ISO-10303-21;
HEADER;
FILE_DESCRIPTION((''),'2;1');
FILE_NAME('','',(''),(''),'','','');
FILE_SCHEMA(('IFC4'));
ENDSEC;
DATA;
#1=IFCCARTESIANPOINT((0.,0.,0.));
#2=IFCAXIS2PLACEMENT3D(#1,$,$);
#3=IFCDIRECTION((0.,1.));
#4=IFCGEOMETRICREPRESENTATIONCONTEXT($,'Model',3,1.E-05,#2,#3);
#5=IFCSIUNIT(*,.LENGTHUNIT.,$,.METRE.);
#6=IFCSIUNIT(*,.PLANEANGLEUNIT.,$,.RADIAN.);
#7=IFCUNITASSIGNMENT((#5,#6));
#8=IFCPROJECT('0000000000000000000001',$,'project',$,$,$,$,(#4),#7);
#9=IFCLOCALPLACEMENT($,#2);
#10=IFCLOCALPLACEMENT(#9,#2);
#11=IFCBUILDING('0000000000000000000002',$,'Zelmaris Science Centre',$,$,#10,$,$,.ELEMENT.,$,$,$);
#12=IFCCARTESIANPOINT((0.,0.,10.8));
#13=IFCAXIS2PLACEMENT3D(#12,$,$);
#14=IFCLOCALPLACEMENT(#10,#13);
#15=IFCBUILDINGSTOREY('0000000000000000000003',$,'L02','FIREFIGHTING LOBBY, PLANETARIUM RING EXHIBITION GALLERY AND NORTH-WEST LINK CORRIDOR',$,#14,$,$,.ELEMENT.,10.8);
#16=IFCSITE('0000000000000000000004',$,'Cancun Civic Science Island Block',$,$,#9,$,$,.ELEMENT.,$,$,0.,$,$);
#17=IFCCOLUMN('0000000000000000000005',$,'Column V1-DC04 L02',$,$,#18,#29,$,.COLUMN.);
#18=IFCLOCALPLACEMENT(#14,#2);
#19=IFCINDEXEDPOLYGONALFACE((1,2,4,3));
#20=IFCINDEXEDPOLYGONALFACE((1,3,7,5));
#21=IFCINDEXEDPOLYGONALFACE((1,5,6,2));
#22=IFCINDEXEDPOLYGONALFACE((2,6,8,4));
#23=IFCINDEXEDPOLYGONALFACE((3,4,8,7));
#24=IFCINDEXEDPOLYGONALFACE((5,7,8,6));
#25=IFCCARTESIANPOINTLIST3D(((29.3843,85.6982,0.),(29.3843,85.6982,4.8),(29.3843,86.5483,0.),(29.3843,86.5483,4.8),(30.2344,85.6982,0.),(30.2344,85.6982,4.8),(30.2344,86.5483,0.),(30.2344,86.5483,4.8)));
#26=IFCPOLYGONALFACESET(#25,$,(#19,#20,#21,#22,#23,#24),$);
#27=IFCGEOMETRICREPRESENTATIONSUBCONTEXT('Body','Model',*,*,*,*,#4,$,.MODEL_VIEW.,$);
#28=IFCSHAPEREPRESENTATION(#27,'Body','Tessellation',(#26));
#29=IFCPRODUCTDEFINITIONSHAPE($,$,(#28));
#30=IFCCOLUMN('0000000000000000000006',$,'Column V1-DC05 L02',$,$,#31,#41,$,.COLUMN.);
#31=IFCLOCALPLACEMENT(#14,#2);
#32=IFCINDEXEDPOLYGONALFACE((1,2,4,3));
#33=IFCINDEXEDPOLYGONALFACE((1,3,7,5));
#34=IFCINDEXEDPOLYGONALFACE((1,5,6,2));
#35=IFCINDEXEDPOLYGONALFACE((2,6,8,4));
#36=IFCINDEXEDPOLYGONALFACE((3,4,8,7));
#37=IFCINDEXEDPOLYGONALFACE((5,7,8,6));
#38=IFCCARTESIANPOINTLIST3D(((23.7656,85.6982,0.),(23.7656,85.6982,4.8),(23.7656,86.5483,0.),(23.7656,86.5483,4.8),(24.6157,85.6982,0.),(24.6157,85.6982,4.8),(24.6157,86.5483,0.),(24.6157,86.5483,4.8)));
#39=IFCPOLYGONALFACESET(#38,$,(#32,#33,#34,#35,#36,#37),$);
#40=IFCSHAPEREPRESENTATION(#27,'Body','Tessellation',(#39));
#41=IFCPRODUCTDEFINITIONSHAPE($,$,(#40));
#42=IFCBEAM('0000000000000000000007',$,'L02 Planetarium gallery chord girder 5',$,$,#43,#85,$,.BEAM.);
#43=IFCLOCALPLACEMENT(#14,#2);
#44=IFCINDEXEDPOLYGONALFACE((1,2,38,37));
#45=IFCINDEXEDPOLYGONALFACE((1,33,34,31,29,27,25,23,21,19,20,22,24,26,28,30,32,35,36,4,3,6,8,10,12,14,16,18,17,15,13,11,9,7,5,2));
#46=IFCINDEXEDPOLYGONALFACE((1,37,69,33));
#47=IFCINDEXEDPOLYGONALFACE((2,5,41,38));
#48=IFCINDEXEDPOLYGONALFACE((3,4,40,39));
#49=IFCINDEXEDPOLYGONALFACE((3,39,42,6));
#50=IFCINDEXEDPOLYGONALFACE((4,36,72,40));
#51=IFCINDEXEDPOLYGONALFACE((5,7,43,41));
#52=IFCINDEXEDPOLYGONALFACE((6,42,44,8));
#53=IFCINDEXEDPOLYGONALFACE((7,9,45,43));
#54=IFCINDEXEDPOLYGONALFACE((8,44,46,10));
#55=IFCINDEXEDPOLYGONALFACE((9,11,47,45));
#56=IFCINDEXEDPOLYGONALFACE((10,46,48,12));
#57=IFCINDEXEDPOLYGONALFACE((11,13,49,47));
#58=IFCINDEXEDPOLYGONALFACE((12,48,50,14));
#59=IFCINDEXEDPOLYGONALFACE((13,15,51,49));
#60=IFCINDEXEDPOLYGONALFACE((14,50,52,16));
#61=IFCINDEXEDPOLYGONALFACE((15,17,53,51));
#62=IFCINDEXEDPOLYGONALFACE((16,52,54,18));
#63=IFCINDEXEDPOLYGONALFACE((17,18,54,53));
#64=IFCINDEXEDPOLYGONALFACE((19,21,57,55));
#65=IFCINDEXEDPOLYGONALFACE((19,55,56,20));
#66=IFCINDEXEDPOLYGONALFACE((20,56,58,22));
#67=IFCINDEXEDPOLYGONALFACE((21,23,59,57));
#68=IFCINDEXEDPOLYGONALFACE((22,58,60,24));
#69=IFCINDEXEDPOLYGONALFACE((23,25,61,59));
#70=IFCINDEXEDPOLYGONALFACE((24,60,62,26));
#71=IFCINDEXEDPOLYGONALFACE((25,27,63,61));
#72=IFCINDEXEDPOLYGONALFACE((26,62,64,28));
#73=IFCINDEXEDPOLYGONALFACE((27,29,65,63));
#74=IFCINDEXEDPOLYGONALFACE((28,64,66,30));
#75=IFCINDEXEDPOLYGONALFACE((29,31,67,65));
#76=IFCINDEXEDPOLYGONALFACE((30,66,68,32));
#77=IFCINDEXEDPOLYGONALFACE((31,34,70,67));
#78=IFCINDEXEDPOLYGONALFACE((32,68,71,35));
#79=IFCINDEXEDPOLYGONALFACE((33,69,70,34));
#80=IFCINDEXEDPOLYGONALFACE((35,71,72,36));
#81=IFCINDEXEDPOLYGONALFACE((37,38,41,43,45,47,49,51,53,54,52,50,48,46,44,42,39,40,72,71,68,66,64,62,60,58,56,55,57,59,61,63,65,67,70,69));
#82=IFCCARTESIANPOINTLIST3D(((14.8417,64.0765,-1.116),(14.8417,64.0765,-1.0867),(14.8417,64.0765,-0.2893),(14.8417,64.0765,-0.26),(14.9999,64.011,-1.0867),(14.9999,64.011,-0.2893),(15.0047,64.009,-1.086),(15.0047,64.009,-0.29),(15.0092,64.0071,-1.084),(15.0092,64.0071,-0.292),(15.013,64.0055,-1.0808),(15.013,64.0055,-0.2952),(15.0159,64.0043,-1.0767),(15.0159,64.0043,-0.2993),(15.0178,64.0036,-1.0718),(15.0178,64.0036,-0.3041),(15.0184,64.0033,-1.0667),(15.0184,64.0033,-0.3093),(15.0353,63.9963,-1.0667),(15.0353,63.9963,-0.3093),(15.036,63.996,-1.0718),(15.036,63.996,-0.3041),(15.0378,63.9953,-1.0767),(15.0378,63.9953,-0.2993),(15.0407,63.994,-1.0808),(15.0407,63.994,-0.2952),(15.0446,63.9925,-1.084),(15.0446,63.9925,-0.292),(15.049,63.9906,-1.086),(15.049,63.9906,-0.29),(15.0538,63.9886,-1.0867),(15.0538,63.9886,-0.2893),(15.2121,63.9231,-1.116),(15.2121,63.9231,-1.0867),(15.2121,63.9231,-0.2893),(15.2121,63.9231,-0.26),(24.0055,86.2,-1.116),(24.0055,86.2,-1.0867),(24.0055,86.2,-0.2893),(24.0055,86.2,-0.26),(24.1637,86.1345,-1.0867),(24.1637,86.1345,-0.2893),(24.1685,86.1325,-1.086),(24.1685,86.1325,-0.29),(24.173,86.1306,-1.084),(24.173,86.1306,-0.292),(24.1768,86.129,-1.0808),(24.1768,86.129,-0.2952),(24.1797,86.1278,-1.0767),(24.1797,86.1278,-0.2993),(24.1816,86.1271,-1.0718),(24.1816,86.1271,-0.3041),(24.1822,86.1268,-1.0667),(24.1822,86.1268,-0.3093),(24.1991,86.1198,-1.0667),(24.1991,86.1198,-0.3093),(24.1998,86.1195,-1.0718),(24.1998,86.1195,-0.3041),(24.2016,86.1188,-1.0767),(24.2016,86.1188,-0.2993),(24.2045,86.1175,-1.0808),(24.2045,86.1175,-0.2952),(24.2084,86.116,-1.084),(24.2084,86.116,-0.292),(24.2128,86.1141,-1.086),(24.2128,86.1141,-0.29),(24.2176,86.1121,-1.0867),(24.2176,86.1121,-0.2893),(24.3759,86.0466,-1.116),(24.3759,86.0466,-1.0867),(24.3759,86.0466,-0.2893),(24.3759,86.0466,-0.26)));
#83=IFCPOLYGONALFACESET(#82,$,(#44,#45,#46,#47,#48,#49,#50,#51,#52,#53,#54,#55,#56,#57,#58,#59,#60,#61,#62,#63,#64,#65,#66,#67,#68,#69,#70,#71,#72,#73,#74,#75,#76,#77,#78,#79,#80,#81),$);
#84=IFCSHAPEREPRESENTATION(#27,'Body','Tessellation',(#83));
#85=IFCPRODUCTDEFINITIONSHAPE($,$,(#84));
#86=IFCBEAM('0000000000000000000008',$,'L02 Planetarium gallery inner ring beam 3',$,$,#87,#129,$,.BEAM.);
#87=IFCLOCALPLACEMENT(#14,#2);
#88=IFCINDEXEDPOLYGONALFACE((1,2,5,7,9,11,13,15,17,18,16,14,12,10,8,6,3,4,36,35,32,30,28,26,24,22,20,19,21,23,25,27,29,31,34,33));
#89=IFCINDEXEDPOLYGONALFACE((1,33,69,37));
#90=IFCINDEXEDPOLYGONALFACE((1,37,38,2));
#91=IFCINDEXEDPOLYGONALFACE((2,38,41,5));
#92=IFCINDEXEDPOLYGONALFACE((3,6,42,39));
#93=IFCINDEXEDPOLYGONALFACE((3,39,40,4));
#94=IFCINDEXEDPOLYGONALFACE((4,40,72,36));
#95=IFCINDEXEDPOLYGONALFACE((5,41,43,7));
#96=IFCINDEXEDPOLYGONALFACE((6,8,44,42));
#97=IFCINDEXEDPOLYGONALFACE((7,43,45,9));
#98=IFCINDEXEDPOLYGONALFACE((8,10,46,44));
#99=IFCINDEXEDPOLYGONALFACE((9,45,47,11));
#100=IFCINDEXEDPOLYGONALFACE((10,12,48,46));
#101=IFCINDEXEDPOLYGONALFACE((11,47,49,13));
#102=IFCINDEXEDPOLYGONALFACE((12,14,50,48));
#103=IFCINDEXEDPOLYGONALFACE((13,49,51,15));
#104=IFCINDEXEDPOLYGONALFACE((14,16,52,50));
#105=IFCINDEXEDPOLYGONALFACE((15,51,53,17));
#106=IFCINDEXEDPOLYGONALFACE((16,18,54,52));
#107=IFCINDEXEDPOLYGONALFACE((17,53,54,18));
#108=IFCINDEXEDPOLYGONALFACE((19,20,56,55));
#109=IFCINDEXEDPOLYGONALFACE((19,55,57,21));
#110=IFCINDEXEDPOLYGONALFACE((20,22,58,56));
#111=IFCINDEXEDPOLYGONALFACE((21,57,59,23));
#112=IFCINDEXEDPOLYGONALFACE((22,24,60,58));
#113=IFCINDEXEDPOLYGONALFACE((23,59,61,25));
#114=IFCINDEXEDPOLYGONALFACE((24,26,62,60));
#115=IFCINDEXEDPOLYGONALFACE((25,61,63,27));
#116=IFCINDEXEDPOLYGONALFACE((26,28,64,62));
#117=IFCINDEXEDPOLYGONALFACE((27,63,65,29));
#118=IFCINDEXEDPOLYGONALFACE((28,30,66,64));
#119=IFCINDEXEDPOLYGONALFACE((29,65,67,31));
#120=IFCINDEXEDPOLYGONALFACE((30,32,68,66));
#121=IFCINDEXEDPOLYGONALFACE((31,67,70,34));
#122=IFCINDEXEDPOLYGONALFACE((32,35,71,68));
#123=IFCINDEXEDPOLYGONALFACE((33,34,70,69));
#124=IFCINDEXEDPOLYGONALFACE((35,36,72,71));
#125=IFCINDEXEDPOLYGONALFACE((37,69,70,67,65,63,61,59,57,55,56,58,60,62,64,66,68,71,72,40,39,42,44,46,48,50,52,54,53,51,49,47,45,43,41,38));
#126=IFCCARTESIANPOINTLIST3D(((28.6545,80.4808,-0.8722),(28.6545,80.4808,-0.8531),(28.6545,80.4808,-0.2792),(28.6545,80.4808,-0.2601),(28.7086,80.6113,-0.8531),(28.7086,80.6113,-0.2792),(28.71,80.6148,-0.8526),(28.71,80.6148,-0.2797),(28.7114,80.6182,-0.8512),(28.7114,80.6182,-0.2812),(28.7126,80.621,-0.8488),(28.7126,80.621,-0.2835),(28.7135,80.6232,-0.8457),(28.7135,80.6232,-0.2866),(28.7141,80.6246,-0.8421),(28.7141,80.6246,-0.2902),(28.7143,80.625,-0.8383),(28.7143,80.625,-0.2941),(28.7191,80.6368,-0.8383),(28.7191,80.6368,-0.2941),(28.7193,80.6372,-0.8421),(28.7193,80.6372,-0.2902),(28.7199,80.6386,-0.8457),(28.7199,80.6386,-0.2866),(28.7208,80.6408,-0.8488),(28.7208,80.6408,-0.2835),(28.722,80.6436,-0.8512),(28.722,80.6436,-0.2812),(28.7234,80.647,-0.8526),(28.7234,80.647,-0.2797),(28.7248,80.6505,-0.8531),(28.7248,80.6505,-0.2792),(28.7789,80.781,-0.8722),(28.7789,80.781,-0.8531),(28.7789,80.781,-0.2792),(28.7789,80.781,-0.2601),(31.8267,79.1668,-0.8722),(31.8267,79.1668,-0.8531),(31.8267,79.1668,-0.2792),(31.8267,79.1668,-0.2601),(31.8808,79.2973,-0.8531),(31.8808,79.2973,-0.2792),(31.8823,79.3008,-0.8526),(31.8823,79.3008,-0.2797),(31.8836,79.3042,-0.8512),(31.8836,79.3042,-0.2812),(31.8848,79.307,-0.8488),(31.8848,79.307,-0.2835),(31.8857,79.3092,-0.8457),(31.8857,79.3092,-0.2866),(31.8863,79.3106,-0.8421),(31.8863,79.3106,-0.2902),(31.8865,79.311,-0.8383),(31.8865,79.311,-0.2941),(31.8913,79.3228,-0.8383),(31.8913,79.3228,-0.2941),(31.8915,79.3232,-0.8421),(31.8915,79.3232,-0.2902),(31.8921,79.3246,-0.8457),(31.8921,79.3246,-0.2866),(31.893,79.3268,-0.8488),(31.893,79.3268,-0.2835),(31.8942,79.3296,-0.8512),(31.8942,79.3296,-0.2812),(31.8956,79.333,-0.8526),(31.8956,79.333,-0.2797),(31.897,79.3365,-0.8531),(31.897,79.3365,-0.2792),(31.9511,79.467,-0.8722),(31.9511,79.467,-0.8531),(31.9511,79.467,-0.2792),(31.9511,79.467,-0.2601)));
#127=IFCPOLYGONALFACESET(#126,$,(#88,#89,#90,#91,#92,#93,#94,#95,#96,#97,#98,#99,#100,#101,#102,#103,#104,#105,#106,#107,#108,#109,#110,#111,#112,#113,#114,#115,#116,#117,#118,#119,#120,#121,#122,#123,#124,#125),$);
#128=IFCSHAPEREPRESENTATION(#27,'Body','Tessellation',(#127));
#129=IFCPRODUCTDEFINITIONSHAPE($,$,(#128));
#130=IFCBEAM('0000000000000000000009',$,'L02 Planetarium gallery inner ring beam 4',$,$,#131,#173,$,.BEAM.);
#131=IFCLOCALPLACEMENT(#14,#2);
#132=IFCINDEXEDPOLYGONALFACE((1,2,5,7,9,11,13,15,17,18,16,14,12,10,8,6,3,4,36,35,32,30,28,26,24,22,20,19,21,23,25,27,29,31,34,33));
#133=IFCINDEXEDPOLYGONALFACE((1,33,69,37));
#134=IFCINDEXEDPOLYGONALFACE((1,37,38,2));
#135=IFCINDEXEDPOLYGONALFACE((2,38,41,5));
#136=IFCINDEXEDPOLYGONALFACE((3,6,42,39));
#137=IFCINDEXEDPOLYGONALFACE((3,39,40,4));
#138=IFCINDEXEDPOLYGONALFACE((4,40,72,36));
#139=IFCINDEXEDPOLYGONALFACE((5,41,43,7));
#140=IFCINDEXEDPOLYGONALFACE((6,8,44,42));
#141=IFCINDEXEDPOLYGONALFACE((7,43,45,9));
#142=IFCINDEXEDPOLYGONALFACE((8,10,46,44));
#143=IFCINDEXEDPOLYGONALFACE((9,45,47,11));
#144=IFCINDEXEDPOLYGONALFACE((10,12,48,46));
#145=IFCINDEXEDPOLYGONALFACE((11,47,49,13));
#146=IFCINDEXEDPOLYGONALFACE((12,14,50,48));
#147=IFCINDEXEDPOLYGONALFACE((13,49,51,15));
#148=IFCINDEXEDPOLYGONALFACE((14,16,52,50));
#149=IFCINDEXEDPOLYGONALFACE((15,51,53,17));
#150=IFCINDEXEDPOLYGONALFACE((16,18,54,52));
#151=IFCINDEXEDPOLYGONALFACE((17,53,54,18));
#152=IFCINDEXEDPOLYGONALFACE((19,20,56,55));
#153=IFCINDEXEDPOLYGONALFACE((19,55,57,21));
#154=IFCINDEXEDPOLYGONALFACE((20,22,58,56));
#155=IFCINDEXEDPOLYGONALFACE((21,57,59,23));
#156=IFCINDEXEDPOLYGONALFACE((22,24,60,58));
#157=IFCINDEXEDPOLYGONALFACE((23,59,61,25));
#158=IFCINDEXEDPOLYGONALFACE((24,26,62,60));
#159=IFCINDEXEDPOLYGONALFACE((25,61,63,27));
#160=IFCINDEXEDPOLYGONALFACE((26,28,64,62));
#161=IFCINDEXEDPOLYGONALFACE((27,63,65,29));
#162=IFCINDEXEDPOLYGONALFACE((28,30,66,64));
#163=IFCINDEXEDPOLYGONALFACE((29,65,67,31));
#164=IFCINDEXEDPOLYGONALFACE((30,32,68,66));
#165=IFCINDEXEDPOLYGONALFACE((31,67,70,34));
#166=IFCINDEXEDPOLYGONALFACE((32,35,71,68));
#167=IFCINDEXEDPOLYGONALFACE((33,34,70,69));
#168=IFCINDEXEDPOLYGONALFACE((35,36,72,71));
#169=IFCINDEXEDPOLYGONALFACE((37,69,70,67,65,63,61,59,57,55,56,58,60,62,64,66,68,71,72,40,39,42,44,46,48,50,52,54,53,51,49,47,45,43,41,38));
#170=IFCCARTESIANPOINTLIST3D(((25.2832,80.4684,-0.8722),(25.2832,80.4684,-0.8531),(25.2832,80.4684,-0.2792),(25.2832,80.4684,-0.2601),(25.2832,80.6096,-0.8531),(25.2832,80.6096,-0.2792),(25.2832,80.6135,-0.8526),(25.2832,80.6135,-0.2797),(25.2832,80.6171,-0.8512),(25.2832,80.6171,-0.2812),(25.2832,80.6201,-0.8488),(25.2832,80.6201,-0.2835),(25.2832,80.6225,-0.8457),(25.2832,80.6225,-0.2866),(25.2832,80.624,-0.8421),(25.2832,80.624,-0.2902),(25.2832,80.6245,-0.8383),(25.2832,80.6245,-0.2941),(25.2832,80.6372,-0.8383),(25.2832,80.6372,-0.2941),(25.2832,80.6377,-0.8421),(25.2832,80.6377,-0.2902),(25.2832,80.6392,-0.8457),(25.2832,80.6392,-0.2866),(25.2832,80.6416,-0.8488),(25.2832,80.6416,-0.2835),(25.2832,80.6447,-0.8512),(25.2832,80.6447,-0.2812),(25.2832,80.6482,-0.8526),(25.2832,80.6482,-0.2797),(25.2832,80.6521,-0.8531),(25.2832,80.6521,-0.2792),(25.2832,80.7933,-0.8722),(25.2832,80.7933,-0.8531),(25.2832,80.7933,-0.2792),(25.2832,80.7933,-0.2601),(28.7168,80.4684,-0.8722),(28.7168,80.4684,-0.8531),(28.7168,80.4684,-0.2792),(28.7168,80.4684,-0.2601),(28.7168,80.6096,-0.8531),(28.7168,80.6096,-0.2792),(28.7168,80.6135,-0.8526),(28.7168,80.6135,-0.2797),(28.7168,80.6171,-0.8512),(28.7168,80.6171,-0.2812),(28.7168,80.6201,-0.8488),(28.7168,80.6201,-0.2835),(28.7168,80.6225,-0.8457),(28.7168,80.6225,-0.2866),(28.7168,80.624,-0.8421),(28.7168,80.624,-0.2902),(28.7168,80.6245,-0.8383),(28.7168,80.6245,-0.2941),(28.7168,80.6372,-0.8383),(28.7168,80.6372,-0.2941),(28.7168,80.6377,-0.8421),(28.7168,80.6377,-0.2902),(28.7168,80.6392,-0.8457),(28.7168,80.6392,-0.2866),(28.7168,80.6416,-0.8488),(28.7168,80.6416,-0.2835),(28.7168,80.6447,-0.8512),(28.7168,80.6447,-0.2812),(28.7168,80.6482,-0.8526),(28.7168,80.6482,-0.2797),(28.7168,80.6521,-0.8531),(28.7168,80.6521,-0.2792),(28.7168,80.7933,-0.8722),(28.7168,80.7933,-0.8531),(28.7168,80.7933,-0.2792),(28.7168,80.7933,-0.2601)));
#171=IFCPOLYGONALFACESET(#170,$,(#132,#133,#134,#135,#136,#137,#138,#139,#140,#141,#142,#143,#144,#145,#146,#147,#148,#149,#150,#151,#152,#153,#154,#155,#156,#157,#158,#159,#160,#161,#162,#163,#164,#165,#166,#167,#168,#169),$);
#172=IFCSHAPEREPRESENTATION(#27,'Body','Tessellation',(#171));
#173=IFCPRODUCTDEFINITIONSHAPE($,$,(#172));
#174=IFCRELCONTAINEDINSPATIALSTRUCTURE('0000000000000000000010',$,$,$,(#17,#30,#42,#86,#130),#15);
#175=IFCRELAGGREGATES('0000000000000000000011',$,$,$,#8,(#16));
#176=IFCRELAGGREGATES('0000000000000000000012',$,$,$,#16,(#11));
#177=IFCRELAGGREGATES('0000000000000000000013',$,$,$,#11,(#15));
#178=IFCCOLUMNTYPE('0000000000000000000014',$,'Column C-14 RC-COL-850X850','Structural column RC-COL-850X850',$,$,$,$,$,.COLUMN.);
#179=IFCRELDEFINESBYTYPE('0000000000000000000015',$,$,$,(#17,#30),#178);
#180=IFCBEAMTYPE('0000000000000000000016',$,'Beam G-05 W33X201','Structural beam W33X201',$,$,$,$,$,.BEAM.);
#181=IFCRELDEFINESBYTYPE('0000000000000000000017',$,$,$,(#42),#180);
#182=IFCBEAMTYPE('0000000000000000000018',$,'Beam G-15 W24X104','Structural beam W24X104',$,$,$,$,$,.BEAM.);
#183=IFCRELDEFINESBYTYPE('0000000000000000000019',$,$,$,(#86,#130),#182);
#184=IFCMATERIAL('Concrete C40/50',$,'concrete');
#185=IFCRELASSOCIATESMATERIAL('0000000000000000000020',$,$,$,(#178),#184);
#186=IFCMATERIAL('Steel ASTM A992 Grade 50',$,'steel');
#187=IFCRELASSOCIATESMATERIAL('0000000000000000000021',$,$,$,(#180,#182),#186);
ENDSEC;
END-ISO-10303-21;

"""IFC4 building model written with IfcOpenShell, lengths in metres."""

from ifc_helpers import new_model, si_unit, direction, frame, origin, origin_2d, place, context, subcontext, project, spatial, rectangle, i_section, extrude, material, material_profile, profile_set, type_object, element, save


model = new_model("IFC4")

# Units and contexts
model_context = context("Model", 3, precision=1e-05, world=origin(), true_north=direction((0.0, 1.0)))
body_context = subcontext(model_context, "Body", "Model", "MODEL_VIEW")
ifc_project = project(units=[si_unit("LENGTHUNIT", "METRE"), si_unit("PLANEANGLEUNIT", "RADIAN")], contexts=[model_context])

# Site, building, storey
site_placement = place(None, origin())
site = spatial("IfcSite", under=ifc_project, at=site_placement, Name="Cancun Civic Science Island Block", CompositionType="ELEMENT", RefElevation=0.0)
building_placement = place(site_placement, origin())
building = spatial("IfcBuilding", under=site, at=building_placement, Name="Zelmaris Science Centre", CompositionType="ELEMENT")
storey_placement = place(building_placement, frame((0.0, 0.0, 10.8)))
storey = spatial("IfcBuildingStorey", under=building, at=storey_placement, Name="L02", Description="FIREFIGHTING LOBBY, PLANETARIUM RING EXHIBITION GALLERY AND NORTH-WEST LINK CORRIDOR", CompositionType="ELEMENT", Elevation=10.8)

# Columns
ifc_material_1 = material(Name="Concrete C40/50", Category="concrete")
ifc_material_profile_1 = material_profile(ifc_material_1, rectangle(XDim=0.8501, YDim=0.8501, at=origin_2d()), Name="RC-COL-850X850")
ifc_profile_set_1 = profile_set([ifc_material_profile_1], Name="Concrete C40/50")
column_type = type_object("IfcColumnType", Name="Column C-14 RC-COL-850X850", Description="Structural column RC-COL-850X850", PredefinedType="COLUMN", material=ifc_profile_set_1)
for number, where, z_axis, x_axis, name in (
    (1, (29.8093, 86.1233, 0.0), (0.0, 0.0, 1.0), (1.0, 0.0, 0.0), "Column V1-DC04 L02"),
    (2, (24.1907, 86.1233, 0.0), (0.0, 0.0, 1.0), (1.0, 0.0, 0.0), "Column V1-DC05 L02"),
):
    element("IfcColumn", number, at=place(storey_placement, frame(where, z_axis=z_axis, x_axis=x_axis)), inside=storey, type_object=column_type, Name=name, PredefinedType="COLUMN", context=body_context, shape_type="SweptSolid", body=[
        extrude(rectangle(XDim=0.8501, YDim=0.8501, at=origin_2d()), origin(), (0.0, 0.0, 1.0), 4.8),
    ])

# Beams
ifc_material_2 = material(Name="Steel ASTM A992 Grade 50", Category="steel")
ifc_material_profile_2 = material_profile(ifc_material_2, i_section(OverallWidth=0.4009, OverallDepth=0.856, WebThickness=0.0183, FlangeThickness=0.0293, FilletRadius=0.02, at=origin_2d()), Name="W33X201")
ifc_profile_set_2 = profile_set([ifc_material_profile_2], Name="Steel ASTM A992 Grade 50")
beam_type_1 = type_object("IfcBeamType", Name="Beam G-05 W33X201", Description="Structural beam W33X201", PredefinedType="BEAM", material=ifc_profile_set_2)
beam_1_placement = place(storey_placement, frame((24.1907, 86.1233, -0.688), z_axis=(-0.382682, -0.92388, 0.0), x_axis=(0.92388, -0.382682, 0.0)))
element("IfcBeam", 3, at=beam_1_placement, inside=storey, type_object=beam_type_1, Name="L02 Planetarium gallery chord girder 5", PredefinedType="BEAM", context=body_context, shape_type="SweptSolid", body=[
    extrude(i_section(OverallWidth=0.4009, OverallDepth=0.856, WebThickness=0.0183, FlangeThickness=0.0293, FilletRadius=0.02, at=origin_2d()), origin(), (0.0, 0.0, 1.0), 23.9463),
])
ifc_material_profile_3 = material_profile(ifc_material_2, i_section(OverallWidth=0.325, OverallDepth=0.6121, WebThickness=0.0127, FlangeThickness=0.019, FilletRadius=0.0149, at=origin_2d()), Name="W24X104")
ifc_profile_set_3 = profile_set([ifc_material_profile_3], Name="Steel ASTM A992 Grade 50")
beam_type_2 = type_object("IfcBeamType", Name="Beam G-15 W24X104", Description="Structural beam W24X104", PredefinedType="BEAM", material=ifc_profile_set_3)
for number, where, z_axis, x_axis, name in (
    (4, (31.8889, 79.3169, -0.5662), (-0.923876, 0.382691, 0.0), (-0.382691, -0.923876, 0.0), "L02 Planetarium gallery inner ring beam 3"),
    (5, (28.7168, 80.6309, -0.5662), (-1.0, 0.0, 0.0), (0.0, -1.0, 0.0), "L02 Planetarium gallery inner ring beam 4"),
):
    element("IfcBeam", number, at=place(storey_placement, frame(where, z_axis=z_axis, x_axis=x_axis)), inside=storey, type_object=beam_type_2, Name=name, PredefinedType="BEAM", context=body_context, shape_type="SweptSolid", body=[
        extrude(i_section(OverallWidth=0.325, OverallDepth=0.6121, WebThickness=0.0127, FlangeThickness=0.019, FilletRadius=0.0149, at=origin_2d()), origin(), (0.0, 0.0, 1.0), 3.4336),
    ])

save(model, "model.ifc")
